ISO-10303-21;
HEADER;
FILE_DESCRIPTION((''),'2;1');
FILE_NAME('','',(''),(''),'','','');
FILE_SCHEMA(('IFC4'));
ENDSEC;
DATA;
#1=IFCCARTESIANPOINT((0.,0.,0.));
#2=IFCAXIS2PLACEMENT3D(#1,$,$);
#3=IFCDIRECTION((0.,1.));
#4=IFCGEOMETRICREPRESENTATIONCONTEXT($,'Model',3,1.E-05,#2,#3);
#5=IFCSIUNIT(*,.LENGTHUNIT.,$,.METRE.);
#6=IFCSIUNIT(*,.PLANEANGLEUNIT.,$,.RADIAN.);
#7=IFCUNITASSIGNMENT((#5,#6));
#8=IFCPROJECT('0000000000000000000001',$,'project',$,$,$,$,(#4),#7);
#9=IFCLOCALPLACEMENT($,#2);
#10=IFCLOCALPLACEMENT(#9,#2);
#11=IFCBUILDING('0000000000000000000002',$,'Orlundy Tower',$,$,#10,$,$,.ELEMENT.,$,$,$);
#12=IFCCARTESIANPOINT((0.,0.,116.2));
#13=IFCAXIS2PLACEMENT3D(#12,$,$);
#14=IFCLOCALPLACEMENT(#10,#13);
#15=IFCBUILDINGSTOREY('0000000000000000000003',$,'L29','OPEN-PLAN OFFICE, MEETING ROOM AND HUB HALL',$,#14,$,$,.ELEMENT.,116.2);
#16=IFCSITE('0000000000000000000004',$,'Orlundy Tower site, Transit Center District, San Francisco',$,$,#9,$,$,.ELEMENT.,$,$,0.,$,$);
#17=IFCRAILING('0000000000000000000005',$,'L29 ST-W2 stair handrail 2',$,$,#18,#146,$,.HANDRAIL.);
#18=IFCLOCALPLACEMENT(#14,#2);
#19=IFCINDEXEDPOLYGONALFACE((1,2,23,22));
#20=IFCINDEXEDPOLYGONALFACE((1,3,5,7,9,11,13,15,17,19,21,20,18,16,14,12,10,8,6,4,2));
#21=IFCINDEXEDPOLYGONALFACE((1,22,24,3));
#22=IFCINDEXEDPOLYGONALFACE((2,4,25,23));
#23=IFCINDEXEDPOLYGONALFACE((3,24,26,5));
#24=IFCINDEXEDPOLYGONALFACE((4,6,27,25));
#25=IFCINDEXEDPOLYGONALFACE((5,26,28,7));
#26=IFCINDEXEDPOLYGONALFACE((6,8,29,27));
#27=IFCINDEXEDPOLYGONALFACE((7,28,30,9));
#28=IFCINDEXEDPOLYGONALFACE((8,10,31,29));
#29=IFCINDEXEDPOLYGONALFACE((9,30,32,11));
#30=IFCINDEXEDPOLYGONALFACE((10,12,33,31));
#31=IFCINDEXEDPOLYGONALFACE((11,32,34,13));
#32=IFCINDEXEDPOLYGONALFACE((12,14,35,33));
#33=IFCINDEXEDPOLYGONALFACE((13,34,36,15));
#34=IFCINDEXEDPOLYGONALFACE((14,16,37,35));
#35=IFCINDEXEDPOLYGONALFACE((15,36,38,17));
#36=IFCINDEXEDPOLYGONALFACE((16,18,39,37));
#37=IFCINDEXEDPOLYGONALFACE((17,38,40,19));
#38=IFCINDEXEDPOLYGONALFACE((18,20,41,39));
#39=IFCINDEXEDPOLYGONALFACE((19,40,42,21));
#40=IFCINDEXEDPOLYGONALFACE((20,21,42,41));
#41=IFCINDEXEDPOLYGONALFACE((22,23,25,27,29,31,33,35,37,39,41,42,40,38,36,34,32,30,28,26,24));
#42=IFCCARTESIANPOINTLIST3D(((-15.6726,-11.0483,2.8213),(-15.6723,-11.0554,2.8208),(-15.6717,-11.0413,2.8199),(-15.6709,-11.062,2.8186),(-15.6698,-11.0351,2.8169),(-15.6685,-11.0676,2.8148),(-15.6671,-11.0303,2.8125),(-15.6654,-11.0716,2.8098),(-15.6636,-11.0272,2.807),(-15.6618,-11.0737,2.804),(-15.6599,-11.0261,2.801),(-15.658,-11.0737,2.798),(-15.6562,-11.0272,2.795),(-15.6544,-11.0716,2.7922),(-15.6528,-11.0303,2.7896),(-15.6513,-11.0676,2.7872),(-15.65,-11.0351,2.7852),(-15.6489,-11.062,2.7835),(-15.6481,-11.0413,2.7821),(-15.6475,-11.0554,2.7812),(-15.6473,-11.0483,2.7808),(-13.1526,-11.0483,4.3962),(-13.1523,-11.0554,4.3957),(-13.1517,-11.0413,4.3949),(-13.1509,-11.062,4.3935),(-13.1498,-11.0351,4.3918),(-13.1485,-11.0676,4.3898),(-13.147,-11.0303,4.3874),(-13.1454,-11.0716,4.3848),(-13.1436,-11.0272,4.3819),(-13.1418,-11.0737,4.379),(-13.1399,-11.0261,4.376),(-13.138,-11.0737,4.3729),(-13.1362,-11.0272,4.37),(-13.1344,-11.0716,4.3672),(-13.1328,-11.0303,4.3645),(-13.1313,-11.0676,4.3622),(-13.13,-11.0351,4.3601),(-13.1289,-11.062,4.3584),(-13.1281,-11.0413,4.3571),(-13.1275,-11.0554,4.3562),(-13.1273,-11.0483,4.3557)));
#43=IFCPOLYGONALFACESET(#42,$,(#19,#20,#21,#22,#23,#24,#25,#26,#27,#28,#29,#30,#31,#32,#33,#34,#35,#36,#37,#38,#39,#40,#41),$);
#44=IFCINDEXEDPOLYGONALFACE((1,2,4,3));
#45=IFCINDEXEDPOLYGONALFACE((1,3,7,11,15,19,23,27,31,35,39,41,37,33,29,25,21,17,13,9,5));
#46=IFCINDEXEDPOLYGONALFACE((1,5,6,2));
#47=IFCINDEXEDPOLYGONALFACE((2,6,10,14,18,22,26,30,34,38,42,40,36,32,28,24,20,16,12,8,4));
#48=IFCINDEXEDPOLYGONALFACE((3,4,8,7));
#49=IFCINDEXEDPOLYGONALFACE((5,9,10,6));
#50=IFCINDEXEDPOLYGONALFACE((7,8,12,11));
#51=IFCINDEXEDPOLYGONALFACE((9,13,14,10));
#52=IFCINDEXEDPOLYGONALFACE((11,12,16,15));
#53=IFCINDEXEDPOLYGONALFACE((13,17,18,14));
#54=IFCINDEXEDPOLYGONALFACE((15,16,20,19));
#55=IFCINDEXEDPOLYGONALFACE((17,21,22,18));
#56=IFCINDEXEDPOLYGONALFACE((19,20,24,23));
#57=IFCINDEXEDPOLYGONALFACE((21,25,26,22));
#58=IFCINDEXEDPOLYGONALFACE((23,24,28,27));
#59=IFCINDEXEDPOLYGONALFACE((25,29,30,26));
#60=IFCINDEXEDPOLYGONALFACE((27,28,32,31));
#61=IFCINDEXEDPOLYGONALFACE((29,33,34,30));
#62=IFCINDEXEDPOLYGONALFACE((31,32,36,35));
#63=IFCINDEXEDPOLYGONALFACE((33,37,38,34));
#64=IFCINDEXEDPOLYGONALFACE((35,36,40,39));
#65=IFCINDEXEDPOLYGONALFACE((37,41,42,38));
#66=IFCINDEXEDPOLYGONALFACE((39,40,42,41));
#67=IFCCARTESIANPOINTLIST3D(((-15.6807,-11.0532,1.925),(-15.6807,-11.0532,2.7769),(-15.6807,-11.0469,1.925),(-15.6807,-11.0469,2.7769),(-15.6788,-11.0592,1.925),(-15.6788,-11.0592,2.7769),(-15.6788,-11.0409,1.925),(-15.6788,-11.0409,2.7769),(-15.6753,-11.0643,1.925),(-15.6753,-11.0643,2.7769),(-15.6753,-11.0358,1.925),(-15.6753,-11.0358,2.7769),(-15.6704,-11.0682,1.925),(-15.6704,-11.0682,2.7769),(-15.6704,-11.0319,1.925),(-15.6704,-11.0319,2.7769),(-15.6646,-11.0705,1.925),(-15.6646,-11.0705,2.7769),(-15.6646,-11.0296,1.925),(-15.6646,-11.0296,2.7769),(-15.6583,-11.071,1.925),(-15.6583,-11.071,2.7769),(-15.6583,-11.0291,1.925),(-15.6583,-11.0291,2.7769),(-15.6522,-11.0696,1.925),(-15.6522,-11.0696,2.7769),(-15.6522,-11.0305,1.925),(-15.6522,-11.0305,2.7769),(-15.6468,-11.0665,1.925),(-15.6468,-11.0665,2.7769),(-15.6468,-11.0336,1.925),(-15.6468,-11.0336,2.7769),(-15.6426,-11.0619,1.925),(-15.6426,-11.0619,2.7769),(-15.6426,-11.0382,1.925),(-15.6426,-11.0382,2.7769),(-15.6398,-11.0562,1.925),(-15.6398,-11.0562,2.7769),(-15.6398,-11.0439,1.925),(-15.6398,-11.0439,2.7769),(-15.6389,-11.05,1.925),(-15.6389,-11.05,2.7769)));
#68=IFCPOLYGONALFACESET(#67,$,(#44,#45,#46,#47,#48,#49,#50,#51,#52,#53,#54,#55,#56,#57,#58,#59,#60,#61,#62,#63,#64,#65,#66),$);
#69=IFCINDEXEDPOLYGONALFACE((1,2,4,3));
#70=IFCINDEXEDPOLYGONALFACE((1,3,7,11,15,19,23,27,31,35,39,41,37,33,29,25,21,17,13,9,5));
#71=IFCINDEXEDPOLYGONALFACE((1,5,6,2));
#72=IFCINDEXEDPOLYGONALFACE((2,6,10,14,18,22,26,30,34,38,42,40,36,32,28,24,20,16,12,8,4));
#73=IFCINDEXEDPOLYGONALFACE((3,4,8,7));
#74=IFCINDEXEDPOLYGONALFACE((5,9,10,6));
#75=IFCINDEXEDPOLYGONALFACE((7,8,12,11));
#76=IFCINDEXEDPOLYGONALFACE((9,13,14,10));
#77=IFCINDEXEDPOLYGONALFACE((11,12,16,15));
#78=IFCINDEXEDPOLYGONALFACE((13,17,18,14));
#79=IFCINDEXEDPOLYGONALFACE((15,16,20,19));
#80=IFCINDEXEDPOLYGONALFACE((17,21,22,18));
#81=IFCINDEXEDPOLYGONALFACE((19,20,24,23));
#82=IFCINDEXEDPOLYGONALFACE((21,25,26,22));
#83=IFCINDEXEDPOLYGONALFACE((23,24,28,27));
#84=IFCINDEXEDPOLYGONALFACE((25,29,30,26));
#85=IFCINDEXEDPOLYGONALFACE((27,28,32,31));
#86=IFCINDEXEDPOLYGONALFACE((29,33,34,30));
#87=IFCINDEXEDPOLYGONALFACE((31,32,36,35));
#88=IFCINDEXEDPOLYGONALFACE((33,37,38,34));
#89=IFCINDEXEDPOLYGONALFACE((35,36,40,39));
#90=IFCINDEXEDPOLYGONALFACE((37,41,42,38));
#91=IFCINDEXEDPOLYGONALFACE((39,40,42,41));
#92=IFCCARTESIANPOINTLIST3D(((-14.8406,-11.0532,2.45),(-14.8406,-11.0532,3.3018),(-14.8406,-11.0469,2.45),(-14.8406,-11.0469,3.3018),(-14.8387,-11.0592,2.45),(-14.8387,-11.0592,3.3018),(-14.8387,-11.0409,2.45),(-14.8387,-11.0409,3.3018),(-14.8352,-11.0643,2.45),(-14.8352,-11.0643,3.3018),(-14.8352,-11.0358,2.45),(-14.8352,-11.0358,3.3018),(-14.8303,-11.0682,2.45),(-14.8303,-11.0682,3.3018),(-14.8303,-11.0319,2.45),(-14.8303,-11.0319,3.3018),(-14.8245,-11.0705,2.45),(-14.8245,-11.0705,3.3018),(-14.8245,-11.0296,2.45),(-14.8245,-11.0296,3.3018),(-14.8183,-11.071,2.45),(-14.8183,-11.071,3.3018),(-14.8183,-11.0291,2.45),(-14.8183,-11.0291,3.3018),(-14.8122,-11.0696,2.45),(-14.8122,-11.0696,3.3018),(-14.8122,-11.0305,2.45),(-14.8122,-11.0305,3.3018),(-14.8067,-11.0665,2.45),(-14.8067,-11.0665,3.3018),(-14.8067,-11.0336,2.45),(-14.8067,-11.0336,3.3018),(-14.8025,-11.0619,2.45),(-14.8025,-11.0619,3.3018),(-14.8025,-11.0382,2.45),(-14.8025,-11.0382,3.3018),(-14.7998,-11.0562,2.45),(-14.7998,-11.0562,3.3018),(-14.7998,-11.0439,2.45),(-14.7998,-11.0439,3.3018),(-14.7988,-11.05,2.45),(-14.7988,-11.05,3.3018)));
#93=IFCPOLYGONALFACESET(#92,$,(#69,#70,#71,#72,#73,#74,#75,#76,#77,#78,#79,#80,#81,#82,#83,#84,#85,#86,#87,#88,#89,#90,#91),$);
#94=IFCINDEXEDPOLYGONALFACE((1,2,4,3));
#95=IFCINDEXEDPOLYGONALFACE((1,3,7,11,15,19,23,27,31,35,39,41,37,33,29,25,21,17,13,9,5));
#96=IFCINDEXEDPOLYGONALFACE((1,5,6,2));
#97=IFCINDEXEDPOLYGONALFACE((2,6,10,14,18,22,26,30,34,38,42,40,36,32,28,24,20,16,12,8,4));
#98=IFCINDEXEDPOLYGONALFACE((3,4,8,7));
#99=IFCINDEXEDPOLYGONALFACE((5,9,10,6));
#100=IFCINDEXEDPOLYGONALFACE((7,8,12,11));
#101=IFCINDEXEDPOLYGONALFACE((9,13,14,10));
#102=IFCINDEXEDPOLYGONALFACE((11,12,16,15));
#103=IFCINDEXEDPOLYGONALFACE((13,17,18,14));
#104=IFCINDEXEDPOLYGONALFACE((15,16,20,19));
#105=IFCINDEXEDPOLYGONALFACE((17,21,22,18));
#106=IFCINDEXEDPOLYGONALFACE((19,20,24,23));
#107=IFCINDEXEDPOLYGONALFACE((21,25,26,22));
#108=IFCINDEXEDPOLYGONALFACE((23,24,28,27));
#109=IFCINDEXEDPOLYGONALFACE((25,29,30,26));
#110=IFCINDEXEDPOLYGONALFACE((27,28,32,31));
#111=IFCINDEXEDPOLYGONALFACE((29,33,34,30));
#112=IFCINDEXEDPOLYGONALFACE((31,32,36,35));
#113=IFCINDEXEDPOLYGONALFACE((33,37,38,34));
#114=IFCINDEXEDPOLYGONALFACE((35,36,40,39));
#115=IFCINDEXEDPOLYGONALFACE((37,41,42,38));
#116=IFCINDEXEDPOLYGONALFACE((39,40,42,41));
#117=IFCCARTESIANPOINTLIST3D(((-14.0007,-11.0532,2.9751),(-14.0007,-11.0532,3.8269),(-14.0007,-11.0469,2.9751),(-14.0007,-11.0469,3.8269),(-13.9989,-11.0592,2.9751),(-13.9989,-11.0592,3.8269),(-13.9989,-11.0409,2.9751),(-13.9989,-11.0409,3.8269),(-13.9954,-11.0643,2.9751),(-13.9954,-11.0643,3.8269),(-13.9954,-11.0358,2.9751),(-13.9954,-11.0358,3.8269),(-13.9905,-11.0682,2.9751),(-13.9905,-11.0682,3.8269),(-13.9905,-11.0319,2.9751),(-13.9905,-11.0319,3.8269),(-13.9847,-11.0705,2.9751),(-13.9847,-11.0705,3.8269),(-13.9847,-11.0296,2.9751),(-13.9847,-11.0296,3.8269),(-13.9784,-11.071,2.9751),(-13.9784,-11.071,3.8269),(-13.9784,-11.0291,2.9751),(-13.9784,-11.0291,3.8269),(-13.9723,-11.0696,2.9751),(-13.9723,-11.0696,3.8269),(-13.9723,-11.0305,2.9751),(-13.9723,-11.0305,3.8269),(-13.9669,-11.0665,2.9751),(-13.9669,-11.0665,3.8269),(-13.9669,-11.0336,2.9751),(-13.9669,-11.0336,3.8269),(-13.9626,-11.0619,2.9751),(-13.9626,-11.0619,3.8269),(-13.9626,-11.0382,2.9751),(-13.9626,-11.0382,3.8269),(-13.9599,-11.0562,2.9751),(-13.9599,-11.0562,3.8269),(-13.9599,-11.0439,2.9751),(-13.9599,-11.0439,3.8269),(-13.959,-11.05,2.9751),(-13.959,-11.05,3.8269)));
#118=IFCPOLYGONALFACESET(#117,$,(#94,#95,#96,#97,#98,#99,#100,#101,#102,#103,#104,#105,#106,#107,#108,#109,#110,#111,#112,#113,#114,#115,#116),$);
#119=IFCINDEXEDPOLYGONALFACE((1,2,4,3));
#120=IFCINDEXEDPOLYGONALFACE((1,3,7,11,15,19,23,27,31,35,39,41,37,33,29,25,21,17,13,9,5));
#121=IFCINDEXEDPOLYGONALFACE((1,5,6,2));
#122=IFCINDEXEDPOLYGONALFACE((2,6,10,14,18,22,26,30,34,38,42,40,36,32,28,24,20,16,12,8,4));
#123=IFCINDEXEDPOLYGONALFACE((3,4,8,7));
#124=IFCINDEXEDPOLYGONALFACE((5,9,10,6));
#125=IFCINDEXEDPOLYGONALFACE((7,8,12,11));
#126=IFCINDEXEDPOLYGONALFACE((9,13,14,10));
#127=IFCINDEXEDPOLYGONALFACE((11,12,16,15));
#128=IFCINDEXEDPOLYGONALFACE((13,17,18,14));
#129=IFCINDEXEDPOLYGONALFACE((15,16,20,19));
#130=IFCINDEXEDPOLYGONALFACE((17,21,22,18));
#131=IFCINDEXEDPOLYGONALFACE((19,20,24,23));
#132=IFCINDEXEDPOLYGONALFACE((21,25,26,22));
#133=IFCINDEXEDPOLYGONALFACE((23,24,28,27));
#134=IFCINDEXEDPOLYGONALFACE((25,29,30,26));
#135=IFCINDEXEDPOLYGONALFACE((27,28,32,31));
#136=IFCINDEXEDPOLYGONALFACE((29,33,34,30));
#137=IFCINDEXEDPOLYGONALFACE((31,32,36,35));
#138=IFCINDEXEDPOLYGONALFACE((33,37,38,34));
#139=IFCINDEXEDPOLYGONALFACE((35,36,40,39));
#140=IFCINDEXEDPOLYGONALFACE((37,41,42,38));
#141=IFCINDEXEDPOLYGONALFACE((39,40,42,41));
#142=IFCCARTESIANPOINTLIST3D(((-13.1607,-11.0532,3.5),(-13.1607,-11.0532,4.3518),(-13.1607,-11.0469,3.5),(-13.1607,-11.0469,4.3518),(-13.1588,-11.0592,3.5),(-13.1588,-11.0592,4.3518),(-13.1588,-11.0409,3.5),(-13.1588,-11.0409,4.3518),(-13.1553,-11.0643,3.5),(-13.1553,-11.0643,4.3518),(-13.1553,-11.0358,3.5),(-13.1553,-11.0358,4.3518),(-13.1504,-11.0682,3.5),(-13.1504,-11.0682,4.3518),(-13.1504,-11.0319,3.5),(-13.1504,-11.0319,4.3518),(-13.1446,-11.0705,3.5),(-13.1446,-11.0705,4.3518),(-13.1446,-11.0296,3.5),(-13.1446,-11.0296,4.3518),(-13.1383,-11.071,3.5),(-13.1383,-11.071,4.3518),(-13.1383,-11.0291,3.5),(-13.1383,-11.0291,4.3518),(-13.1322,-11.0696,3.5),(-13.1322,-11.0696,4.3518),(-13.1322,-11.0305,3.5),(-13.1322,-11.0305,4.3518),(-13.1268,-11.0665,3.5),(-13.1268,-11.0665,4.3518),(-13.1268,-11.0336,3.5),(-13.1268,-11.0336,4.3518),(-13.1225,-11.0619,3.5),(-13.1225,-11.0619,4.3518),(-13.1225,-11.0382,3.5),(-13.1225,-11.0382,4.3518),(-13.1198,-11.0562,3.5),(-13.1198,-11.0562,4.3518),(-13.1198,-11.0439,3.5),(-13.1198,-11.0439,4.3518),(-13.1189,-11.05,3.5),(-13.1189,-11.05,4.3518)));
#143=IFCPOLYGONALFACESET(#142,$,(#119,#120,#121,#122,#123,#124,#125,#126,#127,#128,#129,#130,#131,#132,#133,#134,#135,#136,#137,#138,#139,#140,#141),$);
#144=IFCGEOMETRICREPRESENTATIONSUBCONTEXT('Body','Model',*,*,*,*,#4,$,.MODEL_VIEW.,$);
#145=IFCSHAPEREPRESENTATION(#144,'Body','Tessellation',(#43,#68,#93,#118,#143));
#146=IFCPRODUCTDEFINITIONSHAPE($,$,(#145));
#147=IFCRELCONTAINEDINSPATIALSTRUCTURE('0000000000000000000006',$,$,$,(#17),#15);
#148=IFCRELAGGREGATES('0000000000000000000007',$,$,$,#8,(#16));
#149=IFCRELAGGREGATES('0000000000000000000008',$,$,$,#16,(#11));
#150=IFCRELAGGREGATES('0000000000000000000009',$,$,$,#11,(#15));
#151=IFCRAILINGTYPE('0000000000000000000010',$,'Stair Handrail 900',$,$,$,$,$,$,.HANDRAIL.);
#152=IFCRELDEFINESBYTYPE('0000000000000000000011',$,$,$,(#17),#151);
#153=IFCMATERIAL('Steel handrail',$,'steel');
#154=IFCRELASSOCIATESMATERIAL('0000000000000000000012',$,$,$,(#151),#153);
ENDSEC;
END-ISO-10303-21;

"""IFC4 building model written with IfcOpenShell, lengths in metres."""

from ifc_helpers import new_model, si_unit, direction, frame, origin, origin_2d, place, context, subcontext, project, spatial, circle, extrude, material, type_object, element, save


model = new_model("IFC4")

# Units and contexts
model_context = context("Model", 3, precision=1e-05, world=origin(), true_north=direction((0.0, 1.0)))
body_context = subcontext(model_context, "Body", "Model", "MODEL_VIEW")
ifc_project = project(units=[si_unit("LENGTHUNIT", "METRE"), si_unit("PLANEANGLEUNIT", "RADIAN")], contexts=[model_context])

# Site, building, storey
site_placement = place(None, origin())
site = spatial("IfcSite", under=ifc_project, at=site_placement, Name="Orlundy Tower site, Transit Center District, San Francisco", CompositionType="ELEMENT", RefElevation=0.0)
building_placement = place(site_placement, origin())
building = spatial("IfcBuilding", under=site, at=building_placement, Name="Orlundy Tower", CompositionType="ELEMENT")
storey_placement = place(building_placement, frame((0.0, 0.0, 116.2)))
storey = spatial("IfcBuildingStorey", under=building, at=storey_placement, Name="L29", Description="OPEN-PLAN OFFICE, MEETING ROOM AND HUB HALL", CompositionType="ELEMENT", Elevation=116.2)

# Railing
ifc_material_1 = material(Name="Steel handrail", Category="steel")
railing_type_1 = type_object("IfcRailingType", Name="Stair Handrail 900", PredefinedType="HANDRAIL", material=ifc_material_1)
railing_1_placement = place(storey_placement, frame((-15.6599, -11.05, 1.925)))
element("IfcRailing", 1, at=railing_1_placement, inside=storey, type_object=railing_type_1, Name="L29 ST-W2 stair handrail 2", PredefinedType="HANDRAIL", context=body_context, shape_type="SweptSolid", body=[
    extrude(circle(Radius=0.0239, at=origin_2d()), frame((0.0, 0.0, 0.876), z_axis=(0.848008, 0.0, 0.529984), x_axis=(0.0, 1.0, 0.0)), (0.0, 0.0, 1.0), 2.9717),
    extrude(circle(Radius=0.021, at=origin_2d()), origin(), (0.0, 0.0, 1.0), 0.8518),
    extrude(circle(Radius=0.021, at=origin_2d()), frame((0.8401, 0.0, 0.5249)), (0.0, 0.0, 1.0), 0.8518),
    extrude(circle(Radius=0.021, at=origin_2d()), frame((1.6799, 0.0, 1.05)), (0.0, 0.0, 1.0), 0.8518),
    extrude(circle(Radius=0.021, at=origin_2d()), frame((2.52, 0.0, 1.575)), (0.0, 0.0, 1.0), 0.8518),
])

save(model, "model.ifc")
